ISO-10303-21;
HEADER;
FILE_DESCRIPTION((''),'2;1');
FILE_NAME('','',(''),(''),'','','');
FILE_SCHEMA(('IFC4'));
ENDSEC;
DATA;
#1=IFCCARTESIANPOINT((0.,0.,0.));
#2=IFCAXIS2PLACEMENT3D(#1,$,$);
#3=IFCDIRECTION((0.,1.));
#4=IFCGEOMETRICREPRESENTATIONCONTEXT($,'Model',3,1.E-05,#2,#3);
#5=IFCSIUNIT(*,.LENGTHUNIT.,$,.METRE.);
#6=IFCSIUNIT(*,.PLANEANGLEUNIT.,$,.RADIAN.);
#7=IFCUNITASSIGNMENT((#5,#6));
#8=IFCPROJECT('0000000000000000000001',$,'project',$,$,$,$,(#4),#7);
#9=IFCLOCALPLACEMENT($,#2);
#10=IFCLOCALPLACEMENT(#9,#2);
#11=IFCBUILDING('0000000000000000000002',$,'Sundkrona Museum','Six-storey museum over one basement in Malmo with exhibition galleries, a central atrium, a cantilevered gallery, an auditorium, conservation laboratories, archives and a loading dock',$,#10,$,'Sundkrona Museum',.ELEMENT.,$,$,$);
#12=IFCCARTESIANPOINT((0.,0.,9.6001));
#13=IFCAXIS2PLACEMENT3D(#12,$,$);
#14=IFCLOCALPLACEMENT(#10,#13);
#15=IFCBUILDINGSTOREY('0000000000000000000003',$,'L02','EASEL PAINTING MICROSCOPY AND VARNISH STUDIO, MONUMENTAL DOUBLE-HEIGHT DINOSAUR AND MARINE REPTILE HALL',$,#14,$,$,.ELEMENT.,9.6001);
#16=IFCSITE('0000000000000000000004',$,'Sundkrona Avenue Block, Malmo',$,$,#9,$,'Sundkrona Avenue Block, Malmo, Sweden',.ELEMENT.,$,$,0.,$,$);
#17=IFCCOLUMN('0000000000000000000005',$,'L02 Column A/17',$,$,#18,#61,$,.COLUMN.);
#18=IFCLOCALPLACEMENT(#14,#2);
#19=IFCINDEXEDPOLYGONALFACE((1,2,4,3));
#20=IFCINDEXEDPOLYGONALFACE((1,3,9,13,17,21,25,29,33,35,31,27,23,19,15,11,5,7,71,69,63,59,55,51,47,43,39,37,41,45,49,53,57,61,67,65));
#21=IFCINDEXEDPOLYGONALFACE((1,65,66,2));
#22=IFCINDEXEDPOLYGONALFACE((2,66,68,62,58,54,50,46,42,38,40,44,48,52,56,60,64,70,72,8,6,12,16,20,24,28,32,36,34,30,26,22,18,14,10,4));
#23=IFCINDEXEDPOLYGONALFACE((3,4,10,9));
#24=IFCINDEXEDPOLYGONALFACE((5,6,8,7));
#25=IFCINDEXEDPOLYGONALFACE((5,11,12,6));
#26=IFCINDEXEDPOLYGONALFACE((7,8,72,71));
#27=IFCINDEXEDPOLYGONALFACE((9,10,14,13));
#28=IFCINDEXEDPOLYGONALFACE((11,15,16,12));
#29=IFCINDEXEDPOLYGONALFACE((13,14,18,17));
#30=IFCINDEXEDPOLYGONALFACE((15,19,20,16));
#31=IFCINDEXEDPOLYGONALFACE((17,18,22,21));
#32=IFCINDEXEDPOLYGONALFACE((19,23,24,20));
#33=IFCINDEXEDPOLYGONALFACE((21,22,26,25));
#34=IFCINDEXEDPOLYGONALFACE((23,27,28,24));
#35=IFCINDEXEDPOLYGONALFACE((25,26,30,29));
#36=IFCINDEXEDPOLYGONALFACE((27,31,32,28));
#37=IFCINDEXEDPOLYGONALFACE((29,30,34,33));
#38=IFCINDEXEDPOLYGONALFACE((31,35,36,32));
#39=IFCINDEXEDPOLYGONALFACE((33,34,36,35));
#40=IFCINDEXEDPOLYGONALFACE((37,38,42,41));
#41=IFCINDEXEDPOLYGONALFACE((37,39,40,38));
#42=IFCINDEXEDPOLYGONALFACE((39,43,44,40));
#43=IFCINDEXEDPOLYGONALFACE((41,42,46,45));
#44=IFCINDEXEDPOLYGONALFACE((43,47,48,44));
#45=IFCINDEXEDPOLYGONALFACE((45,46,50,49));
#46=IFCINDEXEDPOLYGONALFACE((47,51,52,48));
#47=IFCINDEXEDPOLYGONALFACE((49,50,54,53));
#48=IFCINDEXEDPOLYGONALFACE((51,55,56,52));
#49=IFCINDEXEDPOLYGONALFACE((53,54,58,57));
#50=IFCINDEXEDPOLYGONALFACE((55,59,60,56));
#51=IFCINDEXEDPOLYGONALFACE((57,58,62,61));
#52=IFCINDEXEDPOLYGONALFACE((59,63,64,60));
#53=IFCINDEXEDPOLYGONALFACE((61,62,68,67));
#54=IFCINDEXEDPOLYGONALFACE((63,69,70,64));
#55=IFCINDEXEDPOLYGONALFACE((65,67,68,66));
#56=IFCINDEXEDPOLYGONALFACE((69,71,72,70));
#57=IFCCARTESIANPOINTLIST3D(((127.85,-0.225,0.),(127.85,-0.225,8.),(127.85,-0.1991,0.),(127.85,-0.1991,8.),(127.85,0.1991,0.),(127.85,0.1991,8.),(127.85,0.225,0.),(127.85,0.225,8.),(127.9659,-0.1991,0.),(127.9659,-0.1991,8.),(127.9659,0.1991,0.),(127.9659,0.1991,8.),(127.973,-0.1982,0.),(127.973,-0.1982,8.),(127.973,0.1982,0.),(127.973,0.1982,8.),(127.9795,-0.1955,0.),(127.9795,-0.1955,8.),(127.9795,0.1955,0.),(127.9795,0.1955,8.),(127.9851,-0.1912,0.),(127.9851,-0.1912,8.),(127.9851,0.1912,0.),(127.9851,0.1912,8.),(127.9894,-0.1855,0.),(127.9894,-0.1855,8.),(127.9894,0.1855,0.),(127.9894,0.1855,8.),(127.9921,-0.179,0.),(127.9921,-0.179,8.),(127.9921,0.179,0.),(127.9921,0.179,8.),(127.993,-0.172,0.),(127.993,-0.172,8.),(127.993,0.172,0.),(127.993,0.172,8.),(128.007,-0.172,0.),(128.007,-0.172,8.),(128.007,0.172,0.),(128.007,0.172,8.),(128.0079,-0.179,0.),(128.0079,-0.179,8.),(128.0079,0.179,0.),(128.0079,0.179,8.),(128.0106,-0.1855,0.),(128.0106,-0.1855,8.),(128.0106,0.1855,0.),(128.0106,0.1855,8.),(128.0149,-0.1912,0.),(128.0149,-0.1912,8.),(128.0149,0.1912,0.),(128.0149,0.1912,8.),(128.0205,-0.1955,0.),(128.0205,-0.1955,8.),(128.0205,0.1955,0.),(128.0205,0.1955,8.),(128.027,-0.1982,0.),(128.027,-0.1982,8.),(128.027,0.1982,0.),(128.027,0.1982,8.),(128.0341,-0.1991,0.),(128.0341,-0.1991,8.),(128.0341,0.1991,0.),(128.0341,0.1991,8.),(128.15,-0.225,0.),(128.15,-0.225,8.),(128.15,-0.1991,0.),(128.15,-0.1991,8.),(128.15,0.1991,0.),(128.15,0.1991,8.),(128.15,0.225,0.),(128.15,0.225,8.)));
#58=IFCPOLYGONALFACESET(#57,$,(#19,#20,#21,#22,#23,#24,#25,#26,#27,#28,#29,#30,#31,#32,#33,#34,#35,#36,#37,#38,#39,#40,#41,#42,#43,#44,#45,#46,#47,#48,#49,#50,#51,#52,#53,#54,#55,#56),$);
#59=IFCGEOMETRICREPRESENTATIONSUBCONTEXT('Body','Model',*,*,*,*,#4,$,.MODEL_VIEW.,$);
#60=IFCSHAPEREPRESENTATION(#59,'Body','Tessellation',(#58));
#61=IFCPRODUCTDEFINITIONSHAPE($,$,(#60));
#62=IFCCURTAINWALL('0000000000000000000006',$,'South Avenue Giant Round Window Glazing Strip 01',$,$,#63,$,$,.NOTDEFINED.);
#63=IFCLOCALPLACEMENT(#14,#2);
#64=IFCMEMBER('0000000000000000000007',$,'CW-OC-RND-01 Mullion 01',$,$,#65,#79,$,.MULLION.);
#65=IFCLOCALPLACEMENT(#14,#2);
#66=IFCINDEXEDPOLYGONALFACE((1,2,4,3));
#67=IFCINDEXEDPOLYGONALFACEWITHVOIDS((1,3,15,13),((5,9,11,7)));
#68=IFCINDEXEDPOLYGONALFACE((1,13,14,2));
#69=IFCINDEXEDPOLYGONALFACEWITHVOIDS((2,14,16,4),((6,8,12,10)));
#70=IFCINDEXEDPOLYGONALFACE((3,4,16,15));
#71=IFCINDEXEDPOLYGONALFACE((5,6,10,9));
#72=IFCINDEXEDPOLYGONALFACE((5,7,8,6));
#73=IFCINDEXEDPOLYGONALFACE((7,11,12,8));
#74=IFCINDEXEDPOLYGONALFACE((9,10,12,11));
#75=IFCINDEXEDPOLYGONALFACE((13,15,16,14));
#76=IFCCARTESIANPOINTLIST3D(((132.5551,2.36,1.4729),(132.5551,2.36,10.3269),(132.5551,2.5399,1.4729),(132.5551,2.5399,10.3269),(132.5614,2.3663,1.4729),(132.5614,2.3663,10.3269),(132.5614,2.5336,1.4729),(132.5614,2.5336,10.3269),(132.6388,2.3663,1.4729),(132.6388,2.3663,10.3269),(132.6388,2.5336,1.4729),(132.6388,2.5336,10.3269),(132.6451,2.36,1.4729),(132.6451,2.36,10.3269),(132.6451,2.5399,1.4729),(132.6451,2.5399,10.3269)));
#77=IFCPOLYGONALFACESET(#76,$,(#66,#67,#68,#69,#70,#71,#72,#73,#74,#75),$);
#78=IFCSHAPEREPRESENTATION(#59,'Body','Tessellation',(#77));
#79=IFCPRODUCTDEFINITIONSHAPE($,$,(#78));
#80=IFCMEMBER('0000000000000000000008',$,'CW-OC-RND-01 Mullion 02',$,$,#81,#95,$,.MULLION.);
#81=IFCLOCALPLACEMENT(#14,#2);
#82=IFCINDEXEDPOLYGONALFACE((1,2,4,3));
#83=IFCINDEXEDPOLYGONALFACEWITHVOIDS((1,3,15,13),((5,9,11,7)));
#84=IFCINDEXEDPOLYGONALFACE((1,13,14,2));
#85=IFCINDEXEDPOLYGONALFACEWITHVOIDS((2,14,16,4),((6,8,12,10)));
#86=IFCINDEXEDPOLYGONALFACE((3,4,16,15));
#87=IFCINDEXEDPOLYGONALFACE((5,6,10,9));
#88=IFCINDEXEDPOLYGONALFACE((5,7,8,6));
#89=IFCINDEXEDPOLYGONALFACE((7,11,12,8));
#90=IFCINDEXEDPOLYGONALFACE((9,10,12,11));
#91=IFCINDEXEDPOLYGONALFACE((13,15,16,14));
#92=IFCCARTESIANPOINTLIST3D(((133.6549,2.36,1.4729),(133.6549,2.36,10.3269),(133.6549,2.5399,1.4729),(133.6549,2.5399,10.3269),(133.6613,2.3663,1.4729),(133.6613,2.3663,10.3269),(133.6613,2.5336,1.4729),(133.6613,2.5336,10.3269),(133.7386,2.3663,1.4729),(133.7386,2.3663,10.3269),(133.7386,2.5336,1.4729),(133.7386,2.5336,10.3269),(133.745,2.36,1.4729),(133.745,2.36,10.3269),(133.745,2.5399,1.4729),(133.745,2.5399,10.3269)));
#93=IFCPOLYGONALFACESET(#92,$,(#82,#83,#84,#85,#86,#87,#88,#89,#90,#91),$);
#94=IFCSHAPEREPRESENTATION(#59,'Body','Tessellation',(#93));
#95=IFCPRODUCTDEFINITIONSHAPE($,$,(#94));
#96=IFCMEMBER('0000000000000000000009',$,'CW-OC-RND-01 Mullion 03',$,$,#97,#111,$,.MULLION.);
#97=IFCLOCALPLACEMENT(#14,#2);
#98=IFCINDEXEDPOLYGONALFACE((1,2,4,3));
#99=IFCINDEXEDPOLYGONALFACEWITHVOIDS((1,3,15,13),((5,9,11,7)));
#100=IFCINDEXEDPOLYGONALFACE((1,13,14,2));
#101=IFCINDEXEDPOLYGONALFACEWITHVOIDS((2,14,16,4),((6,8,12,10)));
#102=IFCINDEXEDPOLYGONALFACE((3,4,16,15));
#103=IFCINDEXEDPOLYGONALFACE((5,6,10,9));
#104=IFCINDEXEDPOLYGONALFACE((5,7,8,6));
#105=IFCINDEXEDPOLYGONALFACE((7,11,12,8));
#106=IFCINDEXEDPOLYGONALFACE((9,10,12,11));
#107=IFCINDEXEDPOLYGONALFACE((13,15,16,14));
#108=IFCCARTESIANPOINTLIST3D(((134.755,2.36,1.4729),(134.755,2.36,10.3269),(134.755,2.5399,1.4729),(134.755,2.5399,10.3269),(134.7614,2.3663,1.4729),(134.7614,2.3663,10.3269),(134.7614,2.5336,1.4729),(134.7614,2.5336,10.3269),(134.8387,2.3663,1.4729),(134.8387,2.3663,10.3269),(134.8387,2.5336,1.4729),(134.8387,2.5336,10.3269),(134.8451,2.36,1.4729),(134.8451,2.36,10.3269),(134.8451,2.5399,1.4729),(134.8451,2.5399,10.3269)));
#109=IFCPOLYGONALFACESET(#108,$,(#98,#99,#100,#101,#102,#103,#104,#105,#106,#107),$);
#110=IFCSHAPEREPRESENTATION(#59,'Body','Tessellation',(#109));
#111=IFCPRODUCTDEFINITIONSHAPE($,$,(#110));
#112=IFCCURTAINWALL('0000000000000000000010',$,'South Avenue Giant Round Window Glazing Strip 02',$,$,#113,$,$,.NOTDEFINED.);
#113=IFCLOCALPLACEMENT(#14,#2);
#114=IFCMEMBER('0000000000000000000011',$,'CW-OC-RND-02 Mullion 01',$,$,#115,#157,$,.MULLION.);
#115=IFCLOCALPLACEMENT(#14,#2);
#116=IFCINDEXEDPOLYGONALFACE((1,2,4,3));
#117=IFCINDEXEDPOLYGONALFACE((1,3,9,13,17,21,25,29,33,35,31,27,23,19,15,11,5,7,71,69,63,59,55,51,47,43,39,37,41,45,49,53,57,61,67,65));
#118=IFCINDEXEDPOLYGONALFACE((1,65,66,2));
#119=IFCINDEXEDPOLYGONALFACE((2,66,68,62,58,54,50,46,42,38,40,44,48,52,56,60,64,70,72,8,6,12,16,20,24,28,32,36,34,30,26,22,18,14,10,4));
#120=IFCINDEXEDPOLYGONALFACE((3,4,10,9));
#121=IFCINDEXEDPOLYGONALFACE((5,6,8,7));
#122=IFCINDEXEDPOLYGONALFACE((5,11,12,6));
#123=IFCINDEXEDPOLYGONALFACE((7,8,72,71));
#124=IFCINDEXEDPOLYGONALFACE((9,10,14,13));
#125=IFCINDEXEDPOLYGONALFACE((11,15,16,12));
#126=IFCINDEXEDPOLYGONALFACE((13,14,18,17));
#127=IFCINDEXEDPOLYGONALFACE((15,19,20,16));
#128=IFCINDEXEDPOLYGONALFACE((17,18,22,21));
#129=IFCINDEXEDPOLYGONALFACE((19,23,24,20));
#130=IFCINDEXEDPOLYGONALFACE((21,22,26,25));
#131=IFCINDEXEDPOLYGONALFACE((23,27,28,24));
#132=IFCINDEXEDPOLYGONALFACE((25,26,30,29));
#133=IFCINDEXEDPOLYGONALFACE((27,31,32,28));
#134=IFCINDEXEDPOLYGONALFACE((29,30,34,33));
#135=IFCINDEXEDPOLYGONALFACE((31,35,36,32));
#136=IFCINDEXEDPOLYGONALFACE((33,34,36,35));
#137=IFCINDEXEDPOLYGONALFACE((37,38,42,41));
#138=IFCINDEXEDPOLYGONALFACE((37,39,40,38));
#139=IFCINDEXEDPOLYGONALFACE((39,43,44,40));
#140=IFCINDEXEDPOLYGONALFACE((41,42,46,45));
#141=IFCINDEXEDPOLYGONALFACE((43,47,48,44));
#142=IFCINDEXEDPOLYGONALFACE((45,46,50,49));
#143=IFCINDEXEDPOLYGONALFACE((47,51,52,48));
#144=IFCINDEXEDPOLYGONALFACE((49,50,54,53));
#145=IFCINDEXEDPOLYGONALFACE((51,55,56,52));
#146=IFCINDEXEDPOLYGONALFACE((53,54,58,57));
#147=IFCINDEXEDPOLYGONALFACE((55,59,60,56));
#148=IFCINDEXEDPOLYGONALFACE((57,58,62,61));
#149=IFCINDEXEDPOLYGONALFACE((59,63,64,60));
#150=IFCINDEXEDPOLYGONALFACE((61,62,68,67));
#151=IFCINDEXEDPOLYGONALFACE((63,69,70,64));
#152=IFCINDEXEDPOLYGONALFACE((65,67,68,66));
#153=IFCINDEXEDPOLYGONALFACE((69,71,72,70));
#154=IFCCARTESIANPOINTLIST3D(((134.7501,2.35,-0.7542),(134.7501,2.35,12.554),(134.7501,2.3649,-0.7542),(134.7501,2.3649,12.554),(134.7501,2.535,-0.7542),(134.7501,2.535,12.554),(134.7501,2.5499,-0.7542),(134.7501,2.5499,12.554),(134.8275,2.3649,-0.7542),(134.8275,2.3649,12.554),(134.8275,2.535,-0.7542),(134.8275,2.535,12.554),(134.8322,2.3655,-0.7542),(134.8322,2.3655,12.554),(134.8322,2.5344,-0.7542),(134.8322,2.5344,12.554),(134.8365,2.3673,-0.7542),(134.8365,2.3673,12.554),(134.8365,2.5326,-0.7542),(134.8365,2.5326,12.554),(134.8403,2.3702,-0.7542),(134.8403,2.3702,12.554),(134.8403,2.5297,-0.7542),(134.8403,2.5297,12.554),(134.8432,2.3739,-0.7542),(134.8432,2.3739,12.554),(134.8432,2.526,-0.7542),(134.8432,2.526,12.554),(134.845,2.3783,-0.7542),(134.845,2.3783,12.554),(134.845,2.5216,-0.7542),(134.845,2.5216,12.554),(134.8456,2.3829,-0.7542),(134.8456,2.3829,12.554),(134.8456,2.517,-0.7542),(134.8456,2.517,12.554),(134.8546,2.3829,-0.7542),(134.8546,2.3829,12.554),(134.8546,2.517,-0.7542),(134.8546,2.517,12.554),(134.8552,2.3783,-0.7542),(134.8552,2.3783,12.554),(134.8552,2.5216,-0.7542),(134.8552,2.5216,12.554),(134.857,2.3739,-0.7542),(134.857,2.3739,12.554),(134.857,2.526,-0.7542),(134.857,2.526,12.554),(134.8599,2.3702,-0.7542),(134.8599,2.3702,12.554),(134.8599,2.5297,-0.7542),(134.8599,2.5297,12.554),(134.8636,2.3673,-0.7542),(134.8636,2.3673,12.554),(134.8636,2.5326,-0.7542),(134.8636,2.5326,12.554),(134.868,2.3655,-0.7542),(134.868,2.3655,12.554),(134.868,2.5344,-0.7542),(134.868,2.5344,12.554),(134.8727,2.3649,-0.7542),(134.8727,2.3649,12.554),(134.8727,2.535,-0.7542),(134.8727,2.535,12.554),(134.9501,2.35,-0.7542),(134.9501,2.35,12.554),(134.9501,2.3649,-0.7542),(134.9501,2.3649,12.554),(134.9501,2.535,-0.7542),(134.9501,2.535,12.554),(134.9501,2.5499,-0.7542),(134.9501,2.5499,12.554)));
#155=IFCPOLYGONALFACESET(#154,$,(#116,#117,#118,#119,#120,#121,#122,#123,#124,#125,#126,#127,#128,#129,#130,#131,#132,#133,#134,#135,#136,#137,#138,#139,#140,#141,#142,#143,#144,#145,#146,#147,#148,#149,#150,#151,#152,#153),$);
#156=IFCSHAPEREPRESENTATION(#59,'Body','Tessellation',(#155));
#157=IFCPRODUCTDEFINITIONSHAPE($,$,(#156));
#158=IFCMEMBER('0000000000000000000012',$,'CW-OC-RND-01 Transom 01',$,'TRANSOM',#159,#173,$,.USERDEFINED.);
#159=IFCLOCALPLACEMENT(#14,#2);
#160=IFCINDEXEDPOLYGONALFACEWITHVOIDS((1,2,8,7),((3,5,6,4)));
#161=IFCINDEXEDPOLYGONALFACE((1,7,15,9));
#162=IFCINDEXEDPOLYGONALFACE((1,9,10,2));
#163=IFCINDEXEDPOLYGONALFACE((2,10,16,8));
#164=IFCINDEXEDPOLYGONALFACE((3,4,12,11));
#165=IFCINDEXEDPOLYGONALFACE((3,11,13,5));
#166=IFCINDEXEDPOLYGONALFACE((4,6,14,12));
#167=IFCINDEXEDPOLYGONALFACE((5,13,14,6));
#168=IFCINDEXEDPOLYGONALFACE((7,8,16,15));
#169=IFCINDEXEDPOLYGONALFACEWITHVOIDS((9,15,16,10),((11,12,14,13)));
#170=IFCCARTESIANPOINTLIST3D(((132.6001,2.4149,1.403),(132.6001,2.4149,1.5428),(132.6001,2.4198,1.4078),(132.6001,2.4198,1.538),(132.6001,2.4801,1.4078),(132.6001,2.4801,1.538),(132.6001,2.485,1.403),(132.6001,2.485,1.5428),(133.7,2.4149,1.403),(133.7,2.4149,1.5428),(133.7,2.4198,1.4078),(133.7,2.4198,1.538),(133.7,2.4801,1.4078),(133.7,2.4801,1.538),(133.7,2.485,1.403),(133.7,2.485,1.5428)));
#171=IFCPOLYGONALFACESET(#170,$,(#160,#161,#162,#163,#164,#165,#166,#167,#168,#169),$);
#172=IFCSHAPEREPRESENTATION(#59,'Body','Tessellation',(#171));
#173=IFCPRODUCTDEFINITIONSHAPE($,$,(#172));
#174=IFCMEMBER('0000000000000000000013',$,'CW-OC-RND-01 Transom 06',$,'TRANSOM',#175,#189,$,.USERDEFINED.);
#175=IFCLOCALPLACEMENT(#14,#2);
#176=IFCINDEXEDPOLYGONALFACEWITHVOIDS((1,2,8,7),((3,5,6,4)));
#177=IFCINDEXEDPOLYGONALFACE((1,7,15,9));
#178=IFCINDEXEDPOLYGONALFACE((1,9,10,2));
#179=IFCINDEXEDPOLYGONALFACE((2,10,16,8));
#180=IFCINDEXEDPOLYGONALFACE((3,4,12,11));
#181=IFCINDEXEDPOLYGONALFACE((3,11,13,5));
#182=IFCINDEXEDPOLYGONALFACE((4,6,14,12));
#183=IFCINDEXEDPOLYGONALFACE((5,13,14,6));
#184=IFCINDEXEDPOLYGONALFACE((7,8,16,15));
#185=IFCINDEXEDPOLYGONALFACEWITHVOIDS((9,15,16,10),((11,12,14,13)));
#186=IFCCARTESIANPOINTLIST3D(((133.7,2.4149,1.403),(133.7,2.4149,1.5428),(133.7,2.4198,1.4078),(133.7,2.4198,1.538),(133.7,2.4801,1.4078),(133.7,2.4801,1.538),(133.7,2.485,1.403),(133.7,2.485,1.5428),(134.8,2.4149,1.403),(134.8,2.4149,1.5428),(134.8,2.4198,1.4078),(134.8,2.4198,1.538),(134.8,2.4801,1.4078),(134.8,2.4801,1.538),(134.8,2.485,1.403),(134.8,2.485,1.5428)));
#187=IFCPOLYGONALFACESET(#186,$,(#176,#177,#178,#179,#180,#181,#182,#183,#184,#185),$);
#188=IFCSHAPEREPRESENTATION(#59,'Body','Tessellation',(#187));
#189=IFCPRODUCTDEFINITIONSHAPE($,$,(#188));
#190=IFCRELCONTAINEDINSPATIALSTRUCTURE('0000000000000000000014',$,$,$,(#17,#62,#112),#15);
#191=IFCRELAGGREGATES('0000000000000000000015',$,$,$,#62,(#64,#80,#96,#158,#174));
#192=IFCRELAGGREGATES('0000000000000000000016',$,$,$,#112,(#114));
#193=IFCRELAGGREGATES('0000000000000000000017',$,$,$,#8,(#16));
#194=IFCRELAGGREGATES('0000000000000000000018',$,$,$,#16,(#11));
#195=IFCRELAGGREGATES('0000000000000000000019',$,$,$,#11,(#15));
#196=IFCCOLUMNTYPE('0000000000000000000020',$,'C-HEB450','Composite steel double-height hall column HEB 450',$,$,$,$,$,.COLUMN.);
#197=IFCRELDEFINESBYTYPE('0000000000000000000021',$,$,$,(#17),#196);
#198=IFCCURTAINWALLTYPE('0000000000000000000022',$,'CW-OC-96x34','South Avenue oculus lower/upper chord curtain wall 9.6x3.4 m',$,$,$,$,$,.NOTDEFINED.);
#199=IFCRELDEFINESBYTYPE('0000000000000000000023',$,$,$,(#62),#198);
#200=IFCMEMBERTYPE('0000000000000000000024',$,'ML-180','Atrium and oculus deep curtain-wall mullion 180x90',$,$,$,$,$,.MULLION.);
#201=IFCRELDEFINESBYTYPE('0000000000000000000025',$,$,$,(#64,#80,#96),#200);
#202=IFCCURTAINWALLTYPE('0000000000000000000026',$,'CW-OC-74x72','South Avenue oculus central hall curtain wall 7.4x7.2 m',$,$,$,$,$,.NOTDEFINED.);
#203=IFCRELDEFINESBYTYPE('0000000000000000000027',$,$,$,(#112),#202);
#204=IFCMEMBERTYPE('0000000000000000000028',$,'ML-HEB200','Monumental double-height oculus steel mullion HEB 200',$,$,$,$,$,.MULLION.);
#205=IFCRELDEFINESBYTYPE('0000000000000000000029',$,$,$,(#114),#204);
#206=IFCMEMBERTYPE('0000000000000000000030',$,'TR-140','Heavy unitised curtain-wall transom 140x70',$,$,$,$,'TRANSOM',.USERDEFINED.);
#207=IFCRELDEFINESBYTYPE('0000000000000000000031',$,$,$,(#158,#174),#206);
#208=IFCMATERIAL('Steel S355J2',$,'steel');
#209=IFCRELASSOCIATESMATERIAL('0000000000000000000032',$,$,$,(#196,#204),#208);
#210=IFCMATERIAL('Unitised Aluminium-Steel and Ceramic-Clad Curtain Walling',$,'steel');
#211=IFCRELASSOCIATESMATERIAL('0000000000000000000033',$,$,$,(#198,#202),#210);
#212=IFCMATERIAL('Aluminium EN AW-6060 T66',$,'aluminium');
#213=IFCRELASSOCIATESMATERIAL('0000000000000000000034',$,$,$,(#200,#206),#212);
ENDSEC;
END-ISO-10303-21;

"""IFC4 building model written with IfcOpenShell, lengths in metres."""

from ifc_helpers import new_model, si_unit, direction, frame, origin, origin_2d, place, context, subcontext, project, spatial, hollow_rectangle, i_section, extrude, material, material_profile, profile_set, type_object, element, aggregate, save


model = new_model("IFC4")

# Units and contexts
model_context = context("Model", 3, precision=1e-05, world=origin(), true_north=direction((0.0, 1.0)))
body_context = subcontext(model_context, "Body", "Model", "MODEL_VIEW")
ifc_project = project(units=[si_unit("LENGTHUNIT", "METRE"), si_unit("PLANEANGLEUNIT", "RADIAN")], contexts=[model_context])

# Site, building, storey
site_placement = place(None, origin())
site = spatial("IfcSite", under=ifc_project, at=site_placement, Name="Sundkrona Avenue Block, Malmo", LongName="Sundkrona Avenue Block, Malmo, Sweden", CompositionType="ELEMENT", RefElevation=0.0)
building_placement = place(site_placement, origin())
building = spatial("IfcBuilding", under=site, at=building_placement, Name="Sundkrona Museum", Description="Six-storey museum over one basement in Malmo with exhibition galleries, a central atrium, a cantilevered gallery, an auditorium, conservation laboratories, archives and a loading dock", LongName="Sundkrona Museum", CompositionType="ELEMENT")
storey_placement = place(building_placement, frame((0.0, 0.0, 9.6001)))
storey = spatial("IfcBuildingStorey", under=building, at=storey_placement, Name="L02", Description="EASEL PAINTING MICROSCOPY AND VARNISH STUDIO, MONUMENTAL DOUBLE-HEIGHT DINOSAUR AND MARINE REPTILE HALL", CompositionType="ELEMENT", Elevation=9.6001)

# Column
ifc_material_1 = material(Name="Steel S355J2", Category="steel")
ifc_material_profile_1 = material_profile(ifc_material_1, i_section(OverallWidth=0.3, OverallDepth=0.45, WebThickness=0.0139, FlangeThickness=0.0259, FilletRadius=0.0271, at=origin_2d()), Name="HEB 450")
ifc_profile_set_1 = profile_set([ifc_material_profile_1], Name="Steel S355J2")
column_type = type_object("IfcColumnType", Name="C-HEB450", Description="Composite steel double-height hall column HEB 450", PredefinedType="COLUMN", material=ifc_profile_set_1)
column_placement = place(storey_placement, frame((128.0, 0.0, 0.0), z_axis=(0.0, 0.0, 1.0), x_axis=(1.0, 0.0, 0.0)))
element("IfcColumn", 1, at=column_placement, inside=storey, type_object=column_type, Name="L02 Column A/17", PredefinedType="COLUMN", context=body_context, shape_type="SweptSolid", body=[
    extrude(i_section(OverallWidth=0.3, OverallDepth=0.45, WebThickness=0.0139, FlangeThickness=0.0259, FilletRadius=0.0271, at=origin_2d()), origin(), (0.0, 0.0, 1.0), 8.0),
])

# Curtain wall, members
ifc_material_2 = material(Name="Unitised Aluminium-Steel and Ceramic-Clad Curtain Walling", Category="steel")
curtain_wall_type_1 = type_object("IfcCurtainWallType", Name="CW-OC-96x34", Description="South Avenue oculus lower/upper chord curtain wall 9.6x3.4 m", PredefinedType="NOTDEFINED", material=ifc_material_2)
curtain_wall_1_placement = place(storey_placement, origin())
curtain_wall_1 = element("IfcCurtainWall", 2, at=curtain_wall_1_placement, inside=storey, type_object=curtain_wall_type_1, Name="South Avenue Giant Round Window Glazing Strip 01", PredefinedType="NOTDEFINED")
ifc_material_3 = material(Name="Aluminium EN AW-6060 T66", Category="aluminium")
ifc_material_profile_2 = material_profile(ifc_material_3, hollow_rectangle(XDim=0.0901, YDim=0.1799, WallThickness=0.0063, at=origin_2d()), Name="RHS 180x90x6.3")
ifc_profile_set_2 = profile_set([ifc_material_profile_2], Name="Aluminium EN AW-6060 T66")
member_type_1 = type_object("IfcMemberType", Name="ML-180", Description="Atrium and oculus deep curtain-wall mullion 180x90", PredefinedType="MULLION", material=ifc_profile_set_2)
member_1_placement = place(storey_placement, frame((132.6001, 2.45, 1.4729), z_axis=(0.0, 0.0, 1.0), x_axis=(1.0, 0.0, 0.0)))
member_1 = element("IfcMember", 3, at=member_1_placement, type_object=member_type_1, Name="CW-OC-RND-01 Mullion 01", PredefinedType="MULLION", context=body_context, shape_type="SweptSolid", body=[
    extrude(hollow_rectangle(XDim=0.0901, YDim=0.1799, WallThickness=0.0063, at=origin_2d()), origin(), (0.0, 0.0, 1.0), 8.854),
])
member_2_placement = place(storey_placement, frame((133.7, 2.45, 1.4729), z_axis=(0.0, 0.0, 1.0), x_axis=(1.0, 0.0, 0.0)))
member_2 = element("IfcMember", 4, at=member_2_placement, type_object=member_type_1, Name="CW-OC-RND-01 Mullion 02", PredefinedType="MULLION", context=body_context, shape_type="SweptSolid", body=[
    extrude(hollow_rectangle(XDim=0.0901, YDim=0.1799, WallThickness=0.0063, at=origin_2d()), origin(), (0.0, 0.0, 1.0), 8.854),
])
member_3_placement = place(storey_placement, frame((134.8, 2.45, 1.4729), z_axis=(0.0, 0.0, 1.0), x_axis=(1.0, 0.0, 0.0)))
member_3 = element("IfcMember", 5, at=member_3_placement, type_object=member_type_1, Name="CW-OC-RND-01 Mullion 03", PredefinedType="MULLION", context=body_context, shape_type="SweptSolid", body=[
    extrude(hollow_rectangle(XDim=0.0901, YDim=0.1799, WallThickness=0.0063, at=origin_2d()), origin(), (0.0, 0.0, 1.0), 8.854),
])

# Curtain wall, member
curtain_wall_type_2 = type_object("IfcCurtainWallType", Name="CW-OC-74x72", Description="South Avenue oculus central hall curtain wall 7.4x7.2 m", PredefinedType="NOTDEFINED", material=ifc_material_2)
curtain_wall_2_placement = place(storey_placement, origin())
curtain_wall_2 = element("IfcCurtainWall", 6, at=curtain_wall_2_placement, inside=storey, type_object=curtain_wall_type_2, Name="South Avenue Giant Round Window Glazing Strip 02", PredefinedType="NOTDEFINED")
ifc_material_profile_3 = material_profile(ifc_material_1, i_section(OverallWidth=0.2, OverallDepth=0.2, WebThickness=0.009, FlangeThickness=0.0149, FilletRadius=0.0181, at=origin_2d()), Name="HEB 200")
ifc_profile_set_3 = profile_set([ifc_material_profile_3], Name="Steel S355J2")
member_type_2 = type_object("IfcMemberType", Name="ML-HEB200", Description="Monumental double-height oculus steel mullion HEB 200", PredefinedType="MULLION", material=ifc_profile_set_3)
member_4_placement = place(storey_placement, frame((134.8501, 2.45, -0.7542), z_axis=(0.0, 0.0, 1.0), x_axis=(1.0, 0.0, 0.0)))
member_4 = element("IfcMember", 7, at=member_4_placement, type_object=member_type_2, Name="CW-OC-RND-02 Mullion 01", PredefinedType="MULLION", context=body_context, shape_type="SweptSolid", body=[
    extrude(i_section(OverallWidth=0.2, OverallDepth=0.2, WebThickness=0.009, FlangeThickness=0.0149, FilletRadius=0.0181, at=origin_2d()), origin(), (0.0, 0.0, 1.0), 13.3081),
])

# Members
ifc_material_profile_4 = material_profile(ifc_material_3, hollow_rectangle(XDim=0.0701, YDim=0.1399, WallThickness=0.0049, at=origin_2d()), Name="RHS 140x70x5.0")
ifc_profile_set_4 = profile_set([ifc_material_profile_4], Name="Aluminium EN AW-6060 T66")
member_type_3 = type_object("IfcMemberType", Name="TR-140", Description="Heavy unitised curtain-wall transom 140x70", ElementType="TRANSOM", PredefinedType="USERDEFINED", material=ifc_profile_set_4)
member_5_placement = place(storey_placement, frame((132.6001, 2.45, 1.4729), z_axis=(1.0, 0.0, 0.0), x_axis=(0.0, 1.0, 0.0)))
member_5 = element("IfcMember", 8, at=member_5_placement, type_object=member_type_3, Name="CW-OC-RND-01 Transom 01", ObjectType="TRANSOM", PredefinedType="USERDEFINED", context=body_context, shape_type="SweptSolid", body=[
    extrude(hollow_rectangle(XDim=0.0701, YDim=0.1399, WallThickness=0.0049, at=origin_2d()), origin(), (0.0, 0.0, 1.0), 1.0999),
])
member_6_placement = place(storey_placement, frame((133.7, 2.45, 1.4729), z_axis=(1.0, 0.0, 0.0), x_axis=(0.0, 1.0, 0.0)))
member_6 = element("IfcMember", 9, at=member_6_placement, type_object=member_type_3, Name="CW-OC-RND-01 Transom 06", ObjectType="TRANSOM", PredefinedType="USERDEFINED", context=body_context, shape_type="SweptSolid", body=[
    extrude(hollow_rectangle(XDim=0.0701, YDim=0.1399, WallThickness=0.0049, at=origin_2d()), origin(), (0.0, 0.0, 1.0), 1.1001),
])

aggregate(curtain_wall_1, [member_1, member_2, member_3, member_5, member_6])
aggregate(curtain_wall_2, [member_4])

save(model, "model.ifc")
